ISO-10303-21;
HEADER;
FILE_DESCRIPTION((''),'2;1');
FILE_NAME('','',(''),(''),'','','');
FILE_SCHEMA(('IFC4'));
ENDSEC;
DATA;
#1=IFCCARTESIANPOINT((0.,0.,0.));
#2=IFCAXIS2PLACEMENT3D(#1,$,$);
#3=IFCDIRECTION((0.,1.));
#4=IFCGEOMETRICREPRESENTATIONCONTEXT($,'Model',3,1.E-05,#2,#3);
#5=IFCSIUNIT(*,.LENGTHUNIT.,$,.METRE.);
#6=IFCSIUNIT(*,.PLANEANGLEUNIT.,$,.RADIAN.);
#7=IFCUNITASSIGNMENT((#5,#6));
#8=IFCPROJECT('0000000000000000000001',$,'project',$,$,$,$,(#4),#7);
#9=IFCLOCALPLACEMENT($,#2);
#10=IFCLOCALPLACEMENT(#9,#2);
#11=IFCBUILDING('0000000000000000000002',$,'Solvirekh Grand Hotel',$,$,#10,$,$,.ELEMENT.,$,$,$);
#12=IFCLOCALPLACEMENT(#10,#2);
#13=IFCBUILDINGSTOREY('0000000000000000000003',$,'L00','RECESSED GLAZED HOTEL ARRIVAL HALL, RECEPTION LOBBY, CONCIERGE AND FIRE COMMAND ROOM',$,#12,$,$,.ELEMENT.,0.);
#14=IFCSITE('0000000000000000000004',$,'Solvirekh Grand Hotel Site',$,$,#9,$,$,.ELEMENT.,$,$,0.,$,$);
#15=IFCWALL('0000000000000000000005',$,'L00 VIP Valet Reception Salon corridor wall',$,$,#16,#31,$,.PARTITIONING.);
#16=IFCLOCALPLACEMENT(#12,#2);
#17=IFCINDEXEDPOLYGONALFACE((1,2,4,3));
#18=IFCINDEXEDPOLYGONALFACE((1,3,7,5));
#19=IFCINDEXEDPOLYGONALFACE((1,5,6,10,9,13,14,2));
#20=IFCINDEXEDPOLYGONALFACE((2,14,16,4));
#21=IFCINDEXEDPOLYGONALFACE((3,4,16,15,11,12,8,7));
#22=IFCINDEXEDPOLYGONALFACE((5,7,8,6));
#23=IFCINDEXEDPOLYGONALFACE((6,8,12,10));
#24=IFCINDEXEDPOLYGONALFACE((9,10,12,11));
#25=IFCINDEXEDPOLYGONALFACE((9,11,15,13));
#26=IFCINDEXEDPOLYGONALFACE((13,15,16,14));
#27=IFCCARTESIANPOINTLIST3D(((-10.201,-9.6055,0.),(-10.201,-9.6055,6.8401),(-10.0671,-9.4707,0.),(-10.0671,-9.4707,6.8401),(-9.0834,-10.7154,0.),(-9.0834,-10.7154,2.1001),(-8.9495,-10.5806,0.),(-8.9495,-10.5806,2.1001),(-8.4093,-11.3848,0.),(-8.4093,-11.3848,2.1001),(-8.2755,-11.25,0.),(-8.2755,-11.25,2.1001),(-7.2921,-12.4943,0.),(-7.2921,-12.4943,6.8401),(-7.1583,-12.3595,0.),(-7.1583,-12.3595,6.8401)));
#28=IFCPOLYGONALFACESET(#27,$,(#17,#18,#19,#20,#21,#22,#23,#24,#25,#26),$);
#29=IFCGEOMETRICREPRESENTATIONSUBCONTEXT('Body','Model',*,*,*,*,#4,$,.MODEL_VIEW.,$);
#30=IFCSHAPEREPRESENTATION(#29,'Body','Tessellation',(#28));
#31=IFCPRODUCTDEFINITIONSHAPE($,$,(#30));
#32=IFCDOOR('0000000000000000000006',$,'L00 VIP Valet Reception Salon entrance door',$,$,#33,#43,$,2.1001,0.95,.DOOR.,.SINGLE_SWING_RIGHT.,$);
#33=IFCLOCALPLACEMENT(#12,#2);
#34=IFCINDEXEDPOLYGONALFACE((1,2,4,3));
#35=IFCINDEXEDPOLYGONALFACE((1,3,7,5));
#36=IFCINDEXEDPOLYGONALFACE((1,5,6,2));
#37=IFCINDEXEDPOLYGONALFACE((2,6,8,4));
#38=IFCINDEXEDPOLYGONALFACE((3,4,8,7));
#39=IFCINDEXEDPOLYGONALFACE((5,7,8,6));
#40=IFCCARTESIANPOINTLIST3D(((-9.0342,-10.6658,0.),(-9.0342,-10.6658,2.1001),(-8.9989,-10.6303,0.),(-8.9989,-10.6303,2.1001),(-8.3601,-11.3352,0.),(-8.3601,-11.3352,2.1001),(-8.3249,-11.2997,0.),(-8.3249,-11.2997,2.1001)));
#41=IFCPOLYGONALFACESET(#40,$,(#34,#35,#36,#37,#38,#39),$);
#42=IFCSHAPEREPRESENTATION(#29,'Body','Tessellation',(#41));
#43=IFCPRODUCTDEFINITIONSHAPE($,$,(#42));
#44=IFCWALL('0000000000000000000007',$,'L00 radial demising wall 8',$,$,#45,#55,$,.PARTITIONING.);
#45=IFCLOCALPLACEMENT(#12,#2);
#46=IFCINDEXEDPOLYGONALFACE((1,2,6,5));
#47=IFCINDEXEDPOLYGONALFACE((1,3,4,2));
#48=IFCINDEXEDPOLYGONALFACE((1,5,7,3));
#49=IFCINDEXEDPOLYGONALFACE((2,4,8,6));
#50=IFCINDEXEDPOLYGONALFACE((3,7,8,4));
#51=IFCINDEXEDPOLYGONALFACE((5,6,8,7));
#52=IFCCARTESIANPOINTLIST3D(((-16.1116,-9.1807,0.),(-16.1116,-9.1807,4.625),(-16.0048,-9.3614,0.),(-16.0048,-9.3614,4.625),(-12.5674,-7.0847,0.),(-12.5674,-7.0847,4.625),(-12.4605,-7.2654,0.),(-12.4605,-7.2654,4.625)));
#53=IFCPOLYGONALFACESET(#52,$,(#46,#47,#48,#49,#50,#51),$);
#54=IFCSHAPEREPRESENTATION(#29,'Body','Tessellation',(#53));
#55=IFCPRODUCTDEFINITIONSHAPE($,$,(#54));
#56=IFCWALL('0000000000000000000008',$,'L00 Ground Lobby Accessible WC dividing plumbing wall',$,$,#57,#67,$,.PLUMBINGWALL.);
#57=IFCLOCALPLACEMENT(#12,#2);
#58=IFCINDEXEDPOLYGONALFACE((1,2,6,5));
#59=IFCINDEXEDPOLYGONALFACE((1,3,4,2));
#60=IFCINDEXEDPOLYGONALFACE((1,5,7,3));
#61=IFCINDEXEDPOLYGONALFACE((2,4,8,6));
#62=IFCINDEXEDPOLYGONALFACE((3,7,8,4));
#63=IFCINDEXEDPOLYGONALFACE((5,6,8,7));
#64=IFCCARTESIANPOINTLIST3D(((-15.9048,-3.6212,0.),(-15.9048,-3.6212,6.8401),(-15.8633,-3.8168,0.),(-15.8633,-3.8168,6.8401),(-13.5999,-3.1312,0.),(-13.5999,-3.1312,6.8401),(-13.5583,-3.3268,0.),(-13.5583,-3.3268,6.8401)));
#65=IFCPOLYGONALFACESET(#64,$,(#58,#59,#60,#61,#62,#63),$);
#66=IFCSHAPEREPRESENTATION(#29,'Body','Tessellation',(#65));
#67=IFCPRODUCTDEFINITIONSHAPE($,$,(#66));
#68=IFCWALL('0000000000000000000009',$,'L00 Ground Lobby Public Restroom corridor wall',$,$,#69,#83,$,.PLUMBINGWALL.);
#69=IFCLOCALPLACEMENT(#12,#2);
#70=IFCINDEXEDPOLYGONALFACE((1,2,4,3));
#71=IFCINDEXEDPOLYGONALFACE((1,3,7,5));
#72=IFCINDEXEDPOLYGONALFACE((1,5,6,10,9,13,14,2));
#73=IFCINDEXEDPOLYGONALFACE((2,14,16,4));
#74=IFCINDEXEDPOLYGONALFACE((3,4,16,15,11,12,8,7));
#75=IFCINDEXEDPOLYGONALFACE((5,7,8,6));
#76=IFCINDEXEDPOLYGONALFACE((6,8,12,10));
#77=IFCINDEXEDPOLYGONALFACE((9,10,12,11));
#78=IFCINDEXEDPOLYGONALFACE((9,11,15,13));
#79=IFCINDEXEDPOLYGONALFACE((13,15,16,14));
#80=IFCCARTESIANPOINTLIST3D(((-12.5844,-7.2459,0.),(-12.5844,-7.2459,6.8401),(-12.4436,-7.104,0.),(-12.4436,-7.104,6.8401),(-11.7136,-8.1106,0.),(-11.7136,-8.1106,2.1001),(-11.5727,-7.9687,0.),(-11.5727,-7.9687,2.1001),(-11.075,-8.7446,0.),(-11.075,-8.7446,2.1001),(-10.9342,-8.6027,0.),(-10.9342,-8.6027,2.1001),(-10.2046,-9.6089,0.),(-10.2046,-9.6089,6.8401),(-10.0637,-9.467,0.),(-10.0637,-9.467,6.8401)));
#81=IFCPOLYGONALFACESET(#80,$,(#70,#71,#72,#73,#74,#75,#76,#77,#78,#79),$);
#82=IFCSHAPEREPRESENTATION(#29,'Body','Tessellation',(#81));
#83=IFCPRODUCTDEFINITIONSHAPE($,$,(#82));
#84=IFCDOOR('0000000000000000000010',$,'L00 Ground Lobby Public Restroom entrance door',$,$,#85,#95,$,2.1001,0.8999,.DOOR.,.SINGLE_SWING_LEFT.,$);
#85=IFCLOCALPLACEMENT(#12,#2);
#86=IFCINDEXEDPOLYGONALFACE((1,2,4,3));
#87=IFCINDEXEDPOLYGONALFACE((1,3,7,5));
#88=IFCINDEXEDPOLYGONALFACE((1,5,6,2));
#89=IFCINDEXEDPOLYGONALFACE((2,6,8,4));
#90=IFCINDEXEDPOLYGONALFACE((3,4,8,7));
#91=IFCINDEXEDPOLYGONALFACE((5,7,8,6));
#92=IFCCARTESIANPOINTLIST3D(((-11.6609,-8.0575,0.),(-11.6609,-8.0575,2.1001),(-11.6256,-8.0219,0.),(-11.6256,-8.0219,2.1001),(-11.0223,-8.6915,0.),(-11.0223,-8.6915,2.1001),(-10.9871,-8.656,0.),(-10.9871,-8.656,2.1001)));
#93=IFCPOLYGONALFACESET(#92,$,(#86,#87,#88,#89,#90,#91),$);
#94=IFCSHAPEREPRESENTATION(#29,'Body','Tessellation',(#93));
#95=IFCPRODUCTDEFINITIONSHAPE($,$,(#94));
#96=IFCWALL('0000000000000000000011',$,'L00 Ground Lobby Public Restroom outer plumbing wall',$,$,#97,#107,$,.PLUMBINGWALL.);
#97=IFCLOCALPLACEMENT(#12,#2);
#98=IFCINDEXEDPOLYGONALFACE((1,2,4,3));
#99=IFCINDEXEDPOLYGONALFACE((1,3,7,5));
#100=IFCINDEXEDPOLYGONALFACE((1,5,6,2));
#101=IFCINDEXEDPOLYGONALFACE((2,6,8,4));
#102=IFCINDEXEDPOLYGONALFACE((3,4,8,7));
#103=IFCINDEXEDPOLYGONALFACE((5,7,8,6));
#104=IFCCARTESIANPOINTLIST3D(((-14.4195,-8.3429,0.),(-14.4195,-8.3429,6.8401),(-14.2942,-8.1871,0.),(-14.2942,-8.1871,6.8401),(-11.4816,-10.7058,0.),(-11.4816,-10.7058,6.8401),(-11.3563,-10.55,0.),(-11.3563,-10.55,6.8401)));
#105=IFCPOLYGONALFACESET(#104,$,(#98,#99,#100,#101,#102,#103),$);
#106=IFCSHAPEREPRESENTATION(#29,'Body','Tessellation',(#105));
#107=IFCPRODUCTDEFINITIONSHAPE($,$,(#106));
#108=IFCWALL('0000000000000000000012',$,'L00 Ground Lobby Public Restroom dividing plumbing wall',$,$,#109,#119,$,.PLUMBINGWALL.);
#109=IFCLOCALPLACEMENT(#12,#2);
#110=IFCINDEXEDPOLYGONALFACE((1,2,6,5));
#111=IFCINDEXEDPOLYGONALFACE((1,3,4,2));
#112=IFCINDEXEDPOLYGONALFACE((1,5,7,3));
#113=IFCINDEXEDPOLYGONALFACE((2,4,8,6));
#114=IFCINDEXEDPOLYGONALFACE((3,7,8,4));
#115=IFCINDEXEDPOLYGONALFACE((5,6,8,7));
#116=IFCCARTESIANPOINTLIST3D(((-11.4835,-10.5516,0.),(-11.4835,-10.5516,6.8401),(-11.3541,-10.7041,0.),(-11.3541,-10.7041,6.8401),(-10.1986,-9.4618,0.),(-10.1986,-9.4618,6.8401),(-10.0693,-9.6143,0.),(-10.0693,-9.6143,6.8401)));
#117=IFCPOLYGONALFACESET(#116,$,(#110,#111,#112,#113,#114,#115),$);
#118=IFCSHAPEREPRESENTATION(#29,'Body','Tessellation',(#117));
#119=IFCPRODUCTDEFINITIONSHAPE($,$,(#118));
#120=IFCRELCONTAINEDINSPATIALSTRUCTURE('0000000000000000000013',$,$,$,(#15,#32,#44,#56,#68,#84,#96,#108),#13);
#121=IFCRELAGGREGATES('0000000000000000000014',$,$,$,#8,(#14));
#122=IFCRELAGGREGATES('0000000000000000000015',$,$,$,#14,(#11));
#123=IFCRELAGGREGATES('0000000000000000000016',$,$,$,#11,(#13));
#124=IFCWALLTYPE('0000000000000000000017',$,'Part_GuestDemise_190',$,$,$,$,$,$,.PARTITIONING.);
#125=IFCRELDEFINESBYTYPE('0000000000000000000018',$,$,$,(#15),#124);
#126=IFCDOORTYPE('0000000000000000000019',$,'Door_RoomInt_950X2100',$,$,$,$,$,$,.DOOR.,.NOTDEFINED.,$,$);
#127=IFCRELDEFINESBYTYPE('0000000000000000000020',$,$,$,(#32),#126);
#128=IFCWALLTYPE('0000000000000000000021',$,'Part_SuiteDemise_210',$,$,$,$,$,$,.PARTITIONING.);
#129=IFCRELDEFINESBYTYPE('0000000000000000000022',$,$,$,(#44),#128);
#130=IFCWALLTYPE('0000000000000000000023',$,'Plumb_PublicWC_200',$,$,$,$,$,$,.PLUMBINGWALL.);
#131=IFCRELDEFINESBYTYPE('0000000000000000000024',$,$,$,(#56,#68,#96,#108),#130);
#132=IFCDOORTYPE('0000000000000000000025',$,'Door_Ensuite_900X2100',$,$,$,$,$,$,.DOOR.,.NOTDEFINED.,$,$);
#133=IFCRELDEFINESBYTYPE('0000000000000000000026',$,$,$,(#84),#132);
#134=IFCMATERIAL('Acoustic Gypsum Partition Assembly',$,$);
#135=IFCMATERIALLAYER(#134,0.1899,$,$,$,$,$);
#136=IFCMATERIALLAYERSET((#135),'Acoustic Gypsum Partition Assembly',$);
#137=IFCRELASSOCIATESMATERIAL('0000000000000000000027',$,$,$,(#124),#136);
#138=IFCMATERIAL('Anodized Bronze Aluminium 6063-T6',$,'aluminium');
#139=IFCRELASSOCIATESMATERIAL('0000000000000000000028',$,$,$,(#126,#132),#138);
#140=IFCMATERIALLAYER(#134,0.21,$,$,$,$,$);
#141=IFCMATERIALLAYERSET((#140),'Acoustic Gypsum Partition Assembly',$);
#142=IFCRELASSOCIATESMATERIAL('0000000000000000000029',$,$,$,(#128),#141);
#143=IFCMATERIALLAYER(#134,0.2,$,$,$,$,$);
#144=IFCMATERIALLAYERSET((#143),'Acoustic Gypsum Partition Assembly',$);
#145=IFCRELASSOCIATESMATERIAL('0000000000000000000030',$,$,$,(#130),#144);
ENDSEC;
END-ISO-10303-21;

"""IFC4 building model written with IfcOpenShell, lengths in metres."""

from ifc_helpers import new_model, si_unit, direction, frame, frame_2d, origin, place, context, subcontext, project, spatial, rectangle, extrude, material, layer, layer_set, type_object, element, fill, save


model = new_model("IFC4")

# Units and contexts
model_context = context("Model", 3, precision=1e-05, world=origin(), true_north=direction((0.0, 1.0)))
body_context = subcontext(model_context, "Body", "Model", "MODEL_VIEW")
ifc_project = project(units=[si_unit("LENGTHUNIT", "METRE"), si_unit("PLANEANGLEUNIT", "RADIAN")], contexts=[model_context])

# Site, building, storey
site_placement = place(None, origin())
site = spatial("IfcSite", under=ifc_project, at=site_placement, Name="Solvirekh Grand Hotel Site", CompositionType="ELEMENT", RefElevation=0.0)
building_placement = place(site_placement, origin())
building = spatial("IfcBuilding", under=site, at=building_placement, Name="Solvirekh Grand Hotel", CompositionType="ELEMENT")
storey_placement = place(building_placement, origin())
storey = spatial("IfcBuildingStorey", under=building, at=storey_placement, Name="L00", Description="RECESSED GLAZED HOTEL ARRIVAL HALL, RECEPTION LOBBY, CONCIERGE AND FIRE COMMAND ROOM", CompositionType="ELEMENT", Elevation=0.0)

# Wall, opening, door
ifc_material_1 = material(Name="Acoustic Gypsum Partition Assembly")
ifc_layer_1 = layer(ifc_material_1, 0.1899)
ifc_layer_set_1 = layer_set([ifc_layer_1], Name="Acoustic Gypsum Partition Assembly")
wall_type_1 = type_object("IfcWallType", Name="Part_GuestDemise_190", PredefinedType="PARTITIONING", material=ifc_layer_set_1)
ifc_material_2 = material(Name="Anodized Bronze Aluminium 6063-T6", Category="aluminium")
door_type_1 = type_object("IfcDoorType", Name="Door_RoomInt_950X2100", OperationType="NOTDEFINED", PredefinedType="DOOR", material=ifc_material_2)
wall_1_placement = place(storey_placement, frame((-10.134, -9.5381, 0.0), z_axis=(0.0, 0.0, 1.0), x_axis=(0.709544, -0.704661, 0.0)))
wall_1 = element("IfcWall", 1, at=wall_1_placement, inside=storey, type_object=wall_type_1, Name="L00 VIP Valet Reception Salon corridor wall", PredefinedType="PARTITIONING", context=body_context, shape_type="SweptSolid", body=[
    extrude(rectangle(XDim=4.0996, YDim=0.1899, at=frame_2d((2.0498, 0.0))), origin(), (0.0, 0.0, 1.0), 6.8401),
])
opening_1_placement = place(wall_1_placement, frame((1.575, 0.0, 0.0)))
opening_1 = element("IfcOpeningElement", 2, at=opening_1_placement, cuts=wall_1, PredefinedType="OPENING", context=body_context, shape_type="SweptSolid", body=[
    extrude(rectangle(XDim=0.95, YDim=2.1001, at=frame_2d((0.4751, 1.05))), frame((0.0, 0.105, 0.0), z_axis=(0.0, -1.0, 0.0), x_axis=(1.0, 0.0, 0.0)), (0.0, 0.0, 1.0), 0.21),
])
door_1_placement = place(opening_1_placement, origin())
door_1 = element("IfcDoor", 3, at=door_1_placement, inside=storey, type_object=door_type_1, Name="L00 VIP Valet Reception Salon entrance door", OperationType="SINGLE_SWING_RIGHT", OverallHeight=2.1001, OverallWidth=0.95, PredefinedType="DOOR", context=body_context, shape_type="SweptSolid", body=[
    extrude(rectangle(XDim=0.95, YDim=2.1001, at=frame_2d((0.4751, 1.05))), frame((0.0, 0.0249, 0.0), z_axis=(0.0, -1.0, 0.0), x_axis=(1.0, 0.0, 0.0)), (0.0, 0.0, 1.0), 0.05),
])
fill(opening_1, door_1)

# Walls
ifc_layer_2 = layer(ifc_material_1, 0.21)
ifc_layer_set_2 = layer_set([ifc_layer_2], Name="Acoustic Gypsum Partition Assembly")
wall_type_2 = type_object("IfcWallType", Name="Part_SuiteDemise_210", PredefinedType="PARTITIONING", material=ifc_layer_set_2)
wall_2_placement = place(storey_placement, frame((-12.5139, -7.175, 0.0), z_axis=(0.0, 0.0, 1.0), x_axis=(-0.860751, -0.509027, 0.0)))
element("IfcWall", 4, at=wall_2_placement, inside=storey, type_object=wall_type_2, Name="L00 radial demising wall 8", PredefinedType="PARTITIONING", context=body_context, shape_type="SweptSolid", body=[
    extrude(rectangle(XDim=4.1177, YDim=0.21, at=frame_2d((2.0588, 0.0))), origin(), (0.0, 0.0, 1.0), 4.625),
])
ifc_layer_3 = layer(ifc_material_1, 0.2)
ifc_layer_set_3 = layer_set([ifc_layer_3], Name="Acoustic Gypsum Partition Assembly")
wall_type_3 = type_object("IfcWallType", Name="Plumb_PublicWC_200", PredefinedType="PLUMBINGWALL", material=ifc_layer_set_3)
wall_3_placement = place(storey_placement, frame((-13.5791, -3.229, 0.0), z_axis=(0.0, 0.0, 1.0), x_axis=(-0.978142, -0.207937, 0.0)))
element("IfcWall", 5, at=wall_3_placement, inside=storey, type_object=wall_type_3, Name="L00 Ground Lobby Accessible WC dividing plumbing wall", PredefinedType="PLUMBINGWALL", context=body_context, shape_type="SweptSolid", body=[
    extrude(rectangle(XDim=2.3564, YDim=0.2, at=frame_2d((1.1782, 0.0))), origin(), (0.0, 0.0, 1.0), 6.8401),
])

# Wall, opening, door
wall_4_placement = place(storey_placement, frame((-12.5139, -7.175, 0.0), z_axis=(0.0, 0.0, 1.0), x_axis=(0.709614, -0.704591, 0.0)))
wall_4 = element("IfcWall", 6, at=wall_4_placement, inside=storey, type_object=wall_type_3, Name="L00 Ground Lobby Public Restroom corridor wall", PredefinedType="PLUMBINGWALL", context=body_context, shape_type="SweptSolid", body=[
    extrude(rectangle(XDim=3.3538, YDim=0.2, at=frame_2d((1.6768, 0.0))), origin(), (0.0, 0.0, 1.0), 6.8401),
])
opening_2_placement = place(wall_4_placement, frame((1.2271, 0.0, 0.0)))
opening_2 = element("IfcOpeningElement", 7, at=opening_2_placement, cuts=wall_4, PredefinedType="OPENING", context=body_context, shape_type="SweptSolid", body=[
    extrude(rectangle(XDim=0.8999, YDim=2.1001, at=frame_2d((0.45, 1.05))), frame((0.0, 0.1099, 0.0), z_axis=(0.0, -1.0, 0.0), x_axis=(1.0, 0.0, 0.0)), (0.0, 0.0, 1.0), 0.22),
])
door_type_2 = type_object("IfcDoorType", Name="Door_Ensuite_900X2100", OperationType="NOTDEFINED", PredefinedType="DOOR", material=ifc_material_2)
door_2_placement = place(opening_2_placement, origin())
door_2 = element("IfcDoor", 8, at=door_2_placement, inside=storey, type_object=door_type_2, Name="L00 Ground Lobby Public Restroom entrance door", OperationType="SINGLE_SWING_LEFT", OverallHeight=2.1001, OverallWidth=0.8999, PredefinedType="DOOR", context=body_context, shape_type="SweptSolid", body=[
    extrude(rectangle(XDim=0.8999, YDim=2.1001, at=frame_2d((0.45, 1.05))), frame((0.0, 0.0249, 0.0), z_axis=(0.0, -1.0, 0.0), x_axis=(1.0, 0.0, 0.0)), (0.0, 0.0, 1.0), 0.05),
])
fill(opening_2, door_2)

# Walls
wall_5_placement = place(storey_placement, frame((-14.3569, -8.2649, 0.0), z_axis=(0.0, 0.0, 1.0), x_axis=(0.77923, -0.626738, 0.0)))
element("IfcWall", 9, at=wall_5_placement, inside=storey, type_object=wall_type_3, Name="L00 Ground Lobby Public Restroom outer plumbing wall", PredefinedType="PLUMBINGWALL", context=body_context, shape_type="SweptSolid", body=[
    extrude(rectangle(XDim=3.7703, YDim=0.2, at=frame_2d((1.8853, 0.0))), origin(), (0.0, 0.0, 1.0), 6.8401),
])
wall_6_placement = place(storey_placement, frame((-10.134, -9.5381, 0.0), z_axis=(0.0, 0.0, 1.0), x_axis=(-0.762622, -0.646845, 0.0)))
element("IfcWall", 10, at=wall_6_placement, inside=storey, type_object=wall_type_3, Name="L00 Ground Lobby Public Restroom dividing plumbing wall", PredefinedType="PLUMBINGWALL", context=body_context, shape_type="SweptSolid", body=[
    extrude(rectangle(XDim=1.6848, YDim=0.2, at=frame_2d((0.8423, 0.0))), origin(), (0.0, 0.0, 1.0), 6.8401),
])

save(model, "model.ifc")
